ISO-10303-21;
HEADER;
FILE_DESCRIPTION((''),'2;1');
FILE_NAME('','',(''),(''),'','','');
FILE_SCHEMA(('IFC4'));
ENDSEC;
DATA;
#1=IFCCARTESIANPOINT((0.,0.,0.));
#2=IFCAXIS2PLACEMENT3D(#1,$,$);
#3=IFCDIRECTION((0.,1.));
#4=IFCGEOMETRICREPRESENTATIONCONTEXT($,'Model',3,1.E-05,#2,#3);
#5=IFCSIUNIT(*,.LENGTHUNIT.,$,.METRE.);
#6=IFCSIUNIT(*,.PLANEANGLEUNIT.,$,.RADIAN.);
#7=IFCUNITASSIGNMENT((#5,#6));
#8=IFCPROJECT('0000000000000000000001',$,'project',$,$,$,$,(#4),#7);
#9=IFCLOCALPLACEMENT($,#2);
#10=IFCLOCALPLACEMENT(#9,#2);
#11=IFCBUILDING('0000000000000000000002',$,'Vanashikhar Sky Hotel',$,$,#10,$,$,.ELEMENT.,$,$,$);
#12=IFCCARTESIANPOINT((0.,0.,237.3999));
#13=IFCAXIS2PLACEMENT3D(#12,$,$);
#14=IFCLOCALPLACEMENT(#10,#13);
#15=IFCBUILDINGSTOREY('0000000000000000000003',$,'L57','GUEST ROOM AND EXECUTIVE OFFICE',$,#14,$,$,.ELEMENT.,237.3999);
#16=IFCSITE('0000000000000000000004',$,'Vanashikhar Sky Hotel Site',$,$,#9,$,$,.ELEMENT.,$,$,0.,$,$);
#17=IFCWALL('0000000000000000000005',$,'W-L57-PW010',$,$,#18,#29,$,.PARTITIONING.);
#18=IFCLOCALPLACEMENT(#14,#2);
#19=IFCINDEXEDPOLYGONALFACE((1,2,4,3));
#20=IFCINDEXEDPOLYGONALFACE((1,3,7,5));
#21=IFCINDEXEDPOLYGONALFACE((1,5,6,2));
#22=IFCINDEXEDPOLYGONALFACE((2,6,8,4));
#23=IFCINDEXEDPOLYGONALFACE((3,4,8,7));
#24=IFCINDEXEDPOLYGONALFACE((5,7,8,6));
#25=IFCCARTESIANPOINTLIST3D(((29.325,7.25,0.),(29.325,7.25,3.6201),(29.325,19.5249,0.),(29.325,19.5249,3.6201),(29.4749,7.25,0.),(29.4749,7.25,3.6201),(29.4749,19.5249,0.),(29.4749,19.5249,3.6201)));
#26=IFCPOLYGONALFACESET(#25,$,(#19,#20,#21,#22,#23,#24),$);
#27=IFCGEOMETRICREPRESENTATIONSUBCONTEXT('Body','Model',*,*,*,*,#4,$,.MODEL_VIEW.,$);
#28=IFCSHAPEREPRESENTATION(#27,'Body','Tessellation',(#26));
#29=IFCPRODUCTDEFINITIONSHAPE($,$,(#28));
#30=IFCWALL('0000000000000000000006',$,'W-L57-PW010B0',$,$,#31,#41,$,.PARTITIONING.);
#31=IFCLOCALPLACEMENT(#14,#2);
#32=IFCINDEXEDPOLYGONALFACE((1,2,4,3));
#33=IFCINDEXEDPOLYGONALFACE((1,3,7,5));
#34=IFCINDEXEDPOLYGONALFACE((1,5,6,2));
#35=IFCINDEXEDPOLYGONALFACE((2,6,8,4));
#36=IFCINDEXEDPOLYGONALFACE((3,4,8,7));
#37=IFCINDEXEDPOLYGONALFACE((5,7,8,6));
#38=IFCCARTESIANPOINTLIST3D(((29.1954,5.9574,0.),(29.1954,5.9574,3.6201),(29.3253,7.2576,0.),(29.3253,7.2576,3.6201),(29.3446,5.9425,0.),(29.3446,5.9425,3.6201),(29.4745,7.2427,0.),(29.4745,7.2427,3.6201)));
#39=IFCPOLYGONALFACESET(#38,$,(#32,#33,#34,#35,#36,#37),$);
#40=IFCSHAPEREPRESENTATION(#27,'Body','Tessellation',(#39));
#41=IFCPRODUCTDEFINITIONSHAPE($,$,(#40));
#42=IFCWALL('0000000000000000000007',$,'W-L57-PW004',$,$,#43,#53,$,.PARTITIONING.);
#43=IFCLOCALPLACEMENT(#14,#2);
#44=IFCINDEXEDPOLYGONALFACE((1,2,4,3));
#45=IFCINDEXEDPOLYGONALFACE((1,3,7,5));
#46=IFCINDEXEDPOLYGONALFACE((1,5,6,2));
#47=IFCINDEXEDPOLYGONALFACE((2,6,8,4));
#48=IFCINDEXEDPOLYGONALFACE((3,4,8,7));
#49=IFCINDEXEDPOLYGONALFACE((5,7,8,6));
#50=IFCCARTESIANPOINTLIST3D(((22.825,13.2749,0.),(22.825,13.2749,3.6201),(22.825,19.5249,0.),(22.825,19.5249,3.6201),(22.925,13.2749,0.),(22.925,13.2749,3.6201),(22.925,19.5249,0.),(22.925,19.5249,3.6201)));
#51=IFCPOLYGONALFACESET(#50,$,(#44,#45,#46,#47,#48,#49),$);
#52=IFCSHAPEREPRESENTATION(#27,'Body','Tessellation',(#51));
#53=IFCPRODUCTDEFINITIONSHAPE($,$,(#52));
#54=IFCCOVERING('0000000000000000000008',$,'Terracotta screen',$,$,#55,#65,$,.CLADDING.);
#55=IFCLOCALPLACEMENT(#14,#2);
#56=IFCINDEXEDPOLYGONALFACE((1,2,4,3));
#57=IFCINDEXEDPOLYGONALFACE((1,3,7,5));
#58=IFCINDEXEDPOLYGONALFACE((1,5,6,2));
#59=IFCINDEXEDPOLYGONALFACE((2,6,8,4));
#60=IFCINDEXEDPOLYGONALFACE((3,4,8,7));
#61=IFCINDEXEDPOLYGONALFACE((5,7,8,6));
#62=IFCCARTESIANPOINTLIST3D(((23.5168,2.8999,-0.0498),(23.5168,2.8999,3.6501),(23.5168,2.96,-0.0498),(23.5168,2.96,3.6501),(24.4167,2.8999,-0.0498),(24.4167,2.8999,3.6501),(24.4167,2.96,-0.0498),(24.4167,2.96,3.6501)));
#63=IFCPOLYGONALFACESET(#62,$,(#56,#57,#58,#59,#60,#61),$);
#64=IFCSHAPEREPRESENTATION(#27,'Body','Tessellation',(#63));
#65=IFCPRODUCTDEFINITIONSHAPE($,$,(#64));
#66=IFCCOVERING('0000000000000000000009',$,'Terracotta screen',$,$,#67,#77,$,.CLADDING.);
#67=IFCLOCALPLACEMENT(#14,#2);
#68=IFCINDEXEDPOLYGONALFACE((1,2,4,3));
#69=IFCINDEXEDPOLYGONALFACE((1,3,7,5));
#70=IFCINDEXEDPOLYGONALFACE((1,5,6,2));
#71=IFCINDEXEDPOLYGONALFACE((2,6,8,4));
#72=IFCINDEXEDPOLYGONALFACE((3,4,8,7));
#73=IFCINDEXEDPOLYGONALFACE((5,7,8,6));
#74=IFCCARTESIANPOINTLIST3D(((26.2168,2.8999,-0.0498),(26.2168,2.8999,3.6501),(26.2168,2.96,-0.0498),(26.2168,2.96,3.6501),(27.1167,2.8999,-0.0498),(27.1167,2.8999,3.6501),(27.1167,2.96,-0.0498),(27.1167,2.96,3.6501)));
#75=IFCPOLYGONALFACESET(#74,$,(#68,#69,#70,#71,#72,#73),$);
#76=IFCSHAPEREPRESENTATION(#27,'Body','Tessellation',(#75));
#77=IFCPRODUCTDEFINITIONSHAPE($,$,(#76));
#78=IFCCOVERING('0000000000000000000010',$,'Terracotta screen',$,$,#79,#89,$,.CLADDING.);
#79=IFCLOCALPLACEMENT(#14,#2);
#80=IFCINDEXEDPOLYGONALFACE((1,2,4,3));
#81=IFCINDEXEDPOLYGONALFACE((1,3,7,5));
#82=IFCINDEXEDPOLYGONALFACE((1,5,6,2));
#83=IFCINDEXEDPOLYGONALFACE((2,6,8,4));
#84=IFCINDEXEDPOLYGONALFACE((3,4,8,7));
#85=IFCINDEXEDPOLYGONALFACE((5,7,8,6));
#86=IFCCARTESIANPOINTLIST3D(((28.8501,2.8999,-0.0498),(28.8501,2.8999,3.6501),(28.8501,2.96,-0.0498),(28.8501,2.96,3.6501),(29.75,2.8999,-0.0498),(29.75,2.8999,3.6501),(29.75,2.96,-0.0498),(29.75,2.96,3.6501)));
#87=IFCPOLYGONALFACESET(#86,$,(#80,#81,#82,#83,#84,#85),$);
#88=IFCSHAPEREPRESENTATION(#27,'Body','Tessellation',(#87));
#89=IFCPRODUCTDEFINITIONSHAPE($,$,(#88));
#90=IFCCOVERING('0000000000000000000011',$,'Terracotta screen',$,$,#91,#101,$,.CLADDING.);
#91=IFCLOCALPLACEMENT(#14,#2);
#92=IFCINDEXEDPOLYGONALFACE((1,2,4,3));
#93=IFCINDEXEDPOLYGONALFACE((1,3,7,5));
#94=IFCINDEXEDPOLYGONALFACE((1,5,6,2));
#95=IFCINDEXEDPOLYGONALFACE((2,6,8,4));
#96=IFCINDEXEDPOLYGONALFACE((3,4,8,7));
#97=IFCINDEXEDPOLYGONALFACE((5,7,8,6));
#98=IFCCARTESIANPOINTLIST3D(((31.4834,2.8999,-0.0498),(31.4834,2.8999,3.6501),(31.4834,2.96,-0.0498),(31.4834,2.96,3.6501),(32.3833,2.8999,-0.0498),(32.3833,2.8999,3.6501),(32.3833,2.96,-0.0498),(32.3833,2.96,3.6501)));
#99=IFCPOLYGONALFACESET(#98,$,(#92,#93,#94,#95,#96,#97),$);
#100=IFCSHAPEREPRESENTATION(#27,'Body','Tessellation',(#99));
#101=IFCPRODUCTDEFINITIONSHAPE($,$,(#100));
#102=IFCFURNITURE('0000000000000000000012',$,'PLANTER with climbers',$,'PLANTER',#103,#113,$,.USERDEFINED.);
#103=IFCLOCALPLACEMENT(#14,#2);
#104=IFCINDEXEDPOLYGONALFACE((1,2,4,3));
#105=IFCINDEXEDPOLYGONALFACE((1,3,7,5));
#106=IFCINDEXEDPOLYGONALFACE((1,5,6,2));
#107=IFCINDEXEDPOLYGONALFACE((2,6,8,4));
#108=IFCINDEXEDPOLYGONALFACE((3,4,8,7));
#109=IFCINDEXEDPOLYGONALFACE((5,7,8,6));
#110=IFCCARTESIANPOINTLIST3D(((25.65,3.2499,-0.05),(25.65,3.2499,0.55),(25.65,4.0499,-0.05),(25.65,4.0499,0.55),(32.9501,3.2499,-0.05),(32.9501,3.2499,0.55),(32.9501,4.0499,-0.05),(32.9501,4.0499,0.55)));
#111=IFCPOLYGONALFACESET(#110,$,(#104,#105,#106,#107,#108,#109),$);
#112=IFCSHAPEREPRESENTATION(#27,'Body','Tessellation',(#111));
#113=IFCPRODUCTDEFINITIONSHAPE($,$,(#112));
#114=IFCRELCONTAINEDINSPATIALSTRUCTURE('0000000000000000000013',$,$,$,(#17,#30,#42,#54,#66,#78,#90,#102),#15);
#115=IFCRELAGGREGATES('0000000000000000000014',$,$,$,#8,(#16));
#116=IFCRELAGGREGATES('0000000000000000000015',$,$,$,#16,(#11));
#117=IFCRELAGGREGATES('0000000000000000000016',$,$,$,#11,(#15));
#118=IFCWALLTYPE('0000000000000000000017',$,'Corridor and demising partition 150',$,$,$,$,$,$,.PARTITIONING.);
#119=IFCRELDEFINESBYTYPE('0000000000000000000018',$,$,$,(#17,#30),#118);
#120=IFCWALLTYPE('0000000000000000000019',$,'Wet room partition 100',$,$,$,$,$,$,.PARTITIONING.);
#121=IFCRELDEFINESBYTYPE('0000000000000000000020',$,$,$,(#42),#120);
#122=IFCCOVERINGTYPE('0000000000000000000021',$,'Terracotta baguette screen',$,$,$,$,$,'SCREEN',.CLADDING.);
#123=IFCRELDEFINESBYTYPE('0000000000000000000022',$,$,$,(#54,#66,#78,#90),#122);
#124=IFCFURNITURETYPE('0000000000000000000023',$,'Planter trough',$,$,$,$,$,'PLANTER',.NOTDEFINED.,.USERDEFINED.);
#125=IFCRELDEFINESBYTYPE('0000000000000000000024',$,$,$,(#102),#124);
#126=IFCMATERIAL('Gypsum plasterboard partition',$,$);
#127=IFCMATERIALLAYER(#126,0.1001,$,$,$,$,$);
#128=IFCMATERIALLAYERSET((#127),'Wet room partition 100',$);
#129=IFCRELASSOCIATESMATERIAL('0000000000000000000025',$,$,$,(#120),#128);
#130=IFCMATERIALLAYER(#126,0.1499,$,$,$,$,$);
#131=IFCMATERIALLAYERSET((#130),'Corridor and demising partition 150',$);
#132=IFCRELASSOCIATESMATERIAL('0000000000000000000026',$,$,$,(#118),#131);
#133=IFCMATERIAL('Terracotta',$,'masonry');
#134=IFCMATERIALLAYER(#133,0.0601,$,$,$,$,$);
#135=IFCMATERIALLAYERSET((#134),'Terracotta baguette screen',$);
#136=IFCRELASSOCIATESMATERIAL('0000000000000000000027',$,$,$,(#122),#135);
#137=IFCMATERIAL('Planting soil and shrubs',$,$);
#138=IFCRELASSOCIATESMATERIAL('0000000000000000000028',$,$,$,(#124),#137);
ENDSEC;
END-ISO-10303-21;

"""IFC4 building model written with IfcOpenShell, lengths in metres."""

from ifc_helpers import new_model, si_unit, direction, frame, frame_2d, origin, origin_2d, place, context, subcontext, project, spatial, rectangle, extrude, source, transform, mapped, material, layer, layer_set, type_object, element, save


model = new_model("IFC4")

# Units and contexts
model_context = context("Model", 3, precision=1e-05, world=origin(), true_north=direction((0.0, 1.0)))
body_context = subcontext(model_context, "Body", "Model", "MODEL_VIEW")
ifc_project = project(units=[si_unit("LENGTHUNIT", "METRE"), si_unit("PLANEANGLEUNIT", "RADIAN")], contexts=[model_context])

# Site, building, storey
site_placement = place(None, origin())
site = spatial("IfcSite", under=ifc_project, at=site_placement, Name="Vanashikhar Sky Hotel Site", CompositionType="ELEMENT", RefElevation=0.0)
building_placement = place(site_placement, origin())
building = spatial("IfcBuilding", under=site, at=building_placement, Name="Vanashikhar Sky Hotel", CompositionType="ELEMENT")
storey_placement = place(building_placement, frame((0.0, 0.0, 237.3999)))
storey = spatial("IfcBuildingStorey", under=building, at=storey_placement, Name="L57", Description="GUEST ROOM AND EXECUTIVE OFFICE", CompositionType="ELEMENT", Elevation=237.3999)

# Shared definitions
ifc_material_1 = material(Name="Gypsum plasterboard partition")
ifc_layer_1 = layer(ifc_material_1, 0.1001)
ifc_layer_set_1 = layer_set([ifc_layer_1], Name="Wet room partition 100")
wall_type_1 = type_object("IfcWallType", Name="Wet room partition 100", PredefinedType="PARTITIONING", material=ifc_layer_set_1)

# Walls
ifc_layer_2 = layer(ifc_material_1, 0.1499)
ifc_layer_set_2 = layer_set([ifc_layer_2], Name="Corridor and demising partition 150")
wall_type_2 = type_object("IfcWallType", Name="Corridor and demising partition 150", PredefinedType="PARTITIONING", material=ifc_layer_set_2)
shared_shape_1 = source(origin(), body_context, "Body", "SweptSolid", [
    extrude(rectangle(XDim=12.2749, YDim=0.1499, at=frame_2d((6.1375, 0.0))), origin(), (0.0, 0.0, 1.0), 3.6201),
])
wall_1_placement = place(storey_placement, frame((29.3999, 7.25, 0.0), z_axis=(0.0, 0.0, 1.0), x_axis=(0.0, 1.0, 0.0)))
element("IfcWall", 1, at=wall_1_placement, inside=storey, type_object=wall_type_2, Name="W-L57-PW010", PredefinedType="PARTITIONING", context=body_context, shape_type="MappedRepresentation", body=[
    mapped(shared_shape_1, transform((0.0, 0.0, 0.0), scale=1.0)),
])
shared_shape_2 = source(origin(), body_context, "Body", "SweptSolid", [
    extrude(rectangle(XDim=1.3066, YDim=0.1499, at=frame_2d((0.6533, 0.0))), origin(), (0.0, 0.0, 1.0), 3.6201),
])
wall_2_placement = place(storey_placement, frame((29.27, 5.95, 0.0), z_axis=(0.0, 0.0, 1.0), x_axis=(0.099411, 0.995046, 0.0)))
element("IfcWall", 2, at=wall_2_placement, inside=storey, type_object=wall_type_2, Name="W-L57-PW010B0", PredefinedType="PARTITIONING", context=body_context, shape_type="MappedRepresentation", body=[
    mapped(shared_shape_2, transform((0.0, 0.0, 0.0), scale=1.0)),
])
shared_shape_3 = source(origin(), body_context, "Body", "SweptSolid", [
    extrude(rectangle(XDim=6.25, YDim=0.1001, at=frame_2d((3.125, 0.0))), origin(), (0.0, 0.0, 1.0), 3.6201),
])
wall_3_placement = place(storey_placement, frame((22.875, 13.2749, 0.0), z_axis=(0.0, 0.0, 1.0), x_axis=(0.0, 1.0, 0.0)))
element("IfcWall", 3, at=wall_3_placement, inside=storey, type_object=wall_type_1, Name="W-L57-PW004", PredefinedType="PARTITIONING", context=body_context, shape_type="MappedRepresentation", body=[
    mapped(shared_shape_3, transform((0.0, 0.0, 0.0), scale=1.0)),
])

# Coverings
ifc_material_2 = material(Name="Terracotta", Category="masonry")
ifc_layer_3 = layer(ifc_material_2, 0.0601)
ifc_layer_set_3 = layer_set([ifc_layer_3], Name="Terracotta baguette screen")
covering_type = type_object("IfcCoveringType", Name="Terracotta baguette screen", ElementType="SCREEN", PredefinedType="CLADDING", material=ifc_layer_set_3)
shared_shape_4 = source(origin(), body_context, "Body", "SweptSolid", [
    extrude(rectangle(XDim=0.8999, YDim=0.0601, at=origin_2d()), origin(), (0.0, 0.0, 1.0), 3.7),
])
for number, where, z_axis, x_axis, name in (
    (4, (23.9668, 2.9299, -0.0498), (0.0, 0.0, 1.0), (1.0, 0.0, 0.0), "Terracotta screen"),
    (5, (26.6667, 2.9299, -0.0498), (0.0, 0.0, 1.0), (1.0, 0.0, 0.0), "Terracotta screen"),
    (6, (29.3, 2.9299, -0.0498), (0.0, 0.0, 1.0), (1.0, 0.0, 0.0), "Terracotta screen"),
    (7, (31.9333, 2.9299, -0.0498), (0.0, 0.0, 1.0), (1.0, 0.0, 0.0), "Terracotta screen"),
):
    element("IfcCovering", number, at=place(storey_placement, frame(where, z_axis=z_axis, x_axis=x_axis)), inside=storey, type_object=covering_type, Name=name, PredefinedType="CLADDING", context=body_context, shape_type="MappedRepresentation", body=[
        mapped(shared_shape_4, transform((0.0, 0.0, 0.0), scale=1.0)),
    ])

# Furniture
ifc_material_3 = material(Name="Planting soil and shrubs")
furniture_type = type_object("IfcFurnitureType", Name="Planter trough", ElementType="PLANTER", AssemblyPlace="NOTDEFINED", PredefinedType="USERDEFINED", material=ifc_material_3)
shared_shape_5 = source(origin(), body_context, "Body", "SweptSolid", [
    extrude(rectangle(XDim=7.3, YDim=0.8, at=origin_2d()), origin(), (0.0, 0.0, 1.0), 0.6001),
])
furniture_placement = place(storey_placement, frame((29.3, 3.6499, -0.05), z_axis=(0.0, 0.0, 1.0), x_axis=(1.0, 0.0, 0.0)))
element("IfcFurniture", 8, at=furniture_placement, inside=storey, type_object=furniture_type, Name="PLANTER with climbers", ObjectType="PLANTER", PredefinedType="USERDEFINED", context=body_context, shape_type="MappedRepresentation", body=[
    mapped(shared_shape_5, transform((0.0, 0.0, 0.0), scale=1.0)),
])

save(model, "model.ifc")
